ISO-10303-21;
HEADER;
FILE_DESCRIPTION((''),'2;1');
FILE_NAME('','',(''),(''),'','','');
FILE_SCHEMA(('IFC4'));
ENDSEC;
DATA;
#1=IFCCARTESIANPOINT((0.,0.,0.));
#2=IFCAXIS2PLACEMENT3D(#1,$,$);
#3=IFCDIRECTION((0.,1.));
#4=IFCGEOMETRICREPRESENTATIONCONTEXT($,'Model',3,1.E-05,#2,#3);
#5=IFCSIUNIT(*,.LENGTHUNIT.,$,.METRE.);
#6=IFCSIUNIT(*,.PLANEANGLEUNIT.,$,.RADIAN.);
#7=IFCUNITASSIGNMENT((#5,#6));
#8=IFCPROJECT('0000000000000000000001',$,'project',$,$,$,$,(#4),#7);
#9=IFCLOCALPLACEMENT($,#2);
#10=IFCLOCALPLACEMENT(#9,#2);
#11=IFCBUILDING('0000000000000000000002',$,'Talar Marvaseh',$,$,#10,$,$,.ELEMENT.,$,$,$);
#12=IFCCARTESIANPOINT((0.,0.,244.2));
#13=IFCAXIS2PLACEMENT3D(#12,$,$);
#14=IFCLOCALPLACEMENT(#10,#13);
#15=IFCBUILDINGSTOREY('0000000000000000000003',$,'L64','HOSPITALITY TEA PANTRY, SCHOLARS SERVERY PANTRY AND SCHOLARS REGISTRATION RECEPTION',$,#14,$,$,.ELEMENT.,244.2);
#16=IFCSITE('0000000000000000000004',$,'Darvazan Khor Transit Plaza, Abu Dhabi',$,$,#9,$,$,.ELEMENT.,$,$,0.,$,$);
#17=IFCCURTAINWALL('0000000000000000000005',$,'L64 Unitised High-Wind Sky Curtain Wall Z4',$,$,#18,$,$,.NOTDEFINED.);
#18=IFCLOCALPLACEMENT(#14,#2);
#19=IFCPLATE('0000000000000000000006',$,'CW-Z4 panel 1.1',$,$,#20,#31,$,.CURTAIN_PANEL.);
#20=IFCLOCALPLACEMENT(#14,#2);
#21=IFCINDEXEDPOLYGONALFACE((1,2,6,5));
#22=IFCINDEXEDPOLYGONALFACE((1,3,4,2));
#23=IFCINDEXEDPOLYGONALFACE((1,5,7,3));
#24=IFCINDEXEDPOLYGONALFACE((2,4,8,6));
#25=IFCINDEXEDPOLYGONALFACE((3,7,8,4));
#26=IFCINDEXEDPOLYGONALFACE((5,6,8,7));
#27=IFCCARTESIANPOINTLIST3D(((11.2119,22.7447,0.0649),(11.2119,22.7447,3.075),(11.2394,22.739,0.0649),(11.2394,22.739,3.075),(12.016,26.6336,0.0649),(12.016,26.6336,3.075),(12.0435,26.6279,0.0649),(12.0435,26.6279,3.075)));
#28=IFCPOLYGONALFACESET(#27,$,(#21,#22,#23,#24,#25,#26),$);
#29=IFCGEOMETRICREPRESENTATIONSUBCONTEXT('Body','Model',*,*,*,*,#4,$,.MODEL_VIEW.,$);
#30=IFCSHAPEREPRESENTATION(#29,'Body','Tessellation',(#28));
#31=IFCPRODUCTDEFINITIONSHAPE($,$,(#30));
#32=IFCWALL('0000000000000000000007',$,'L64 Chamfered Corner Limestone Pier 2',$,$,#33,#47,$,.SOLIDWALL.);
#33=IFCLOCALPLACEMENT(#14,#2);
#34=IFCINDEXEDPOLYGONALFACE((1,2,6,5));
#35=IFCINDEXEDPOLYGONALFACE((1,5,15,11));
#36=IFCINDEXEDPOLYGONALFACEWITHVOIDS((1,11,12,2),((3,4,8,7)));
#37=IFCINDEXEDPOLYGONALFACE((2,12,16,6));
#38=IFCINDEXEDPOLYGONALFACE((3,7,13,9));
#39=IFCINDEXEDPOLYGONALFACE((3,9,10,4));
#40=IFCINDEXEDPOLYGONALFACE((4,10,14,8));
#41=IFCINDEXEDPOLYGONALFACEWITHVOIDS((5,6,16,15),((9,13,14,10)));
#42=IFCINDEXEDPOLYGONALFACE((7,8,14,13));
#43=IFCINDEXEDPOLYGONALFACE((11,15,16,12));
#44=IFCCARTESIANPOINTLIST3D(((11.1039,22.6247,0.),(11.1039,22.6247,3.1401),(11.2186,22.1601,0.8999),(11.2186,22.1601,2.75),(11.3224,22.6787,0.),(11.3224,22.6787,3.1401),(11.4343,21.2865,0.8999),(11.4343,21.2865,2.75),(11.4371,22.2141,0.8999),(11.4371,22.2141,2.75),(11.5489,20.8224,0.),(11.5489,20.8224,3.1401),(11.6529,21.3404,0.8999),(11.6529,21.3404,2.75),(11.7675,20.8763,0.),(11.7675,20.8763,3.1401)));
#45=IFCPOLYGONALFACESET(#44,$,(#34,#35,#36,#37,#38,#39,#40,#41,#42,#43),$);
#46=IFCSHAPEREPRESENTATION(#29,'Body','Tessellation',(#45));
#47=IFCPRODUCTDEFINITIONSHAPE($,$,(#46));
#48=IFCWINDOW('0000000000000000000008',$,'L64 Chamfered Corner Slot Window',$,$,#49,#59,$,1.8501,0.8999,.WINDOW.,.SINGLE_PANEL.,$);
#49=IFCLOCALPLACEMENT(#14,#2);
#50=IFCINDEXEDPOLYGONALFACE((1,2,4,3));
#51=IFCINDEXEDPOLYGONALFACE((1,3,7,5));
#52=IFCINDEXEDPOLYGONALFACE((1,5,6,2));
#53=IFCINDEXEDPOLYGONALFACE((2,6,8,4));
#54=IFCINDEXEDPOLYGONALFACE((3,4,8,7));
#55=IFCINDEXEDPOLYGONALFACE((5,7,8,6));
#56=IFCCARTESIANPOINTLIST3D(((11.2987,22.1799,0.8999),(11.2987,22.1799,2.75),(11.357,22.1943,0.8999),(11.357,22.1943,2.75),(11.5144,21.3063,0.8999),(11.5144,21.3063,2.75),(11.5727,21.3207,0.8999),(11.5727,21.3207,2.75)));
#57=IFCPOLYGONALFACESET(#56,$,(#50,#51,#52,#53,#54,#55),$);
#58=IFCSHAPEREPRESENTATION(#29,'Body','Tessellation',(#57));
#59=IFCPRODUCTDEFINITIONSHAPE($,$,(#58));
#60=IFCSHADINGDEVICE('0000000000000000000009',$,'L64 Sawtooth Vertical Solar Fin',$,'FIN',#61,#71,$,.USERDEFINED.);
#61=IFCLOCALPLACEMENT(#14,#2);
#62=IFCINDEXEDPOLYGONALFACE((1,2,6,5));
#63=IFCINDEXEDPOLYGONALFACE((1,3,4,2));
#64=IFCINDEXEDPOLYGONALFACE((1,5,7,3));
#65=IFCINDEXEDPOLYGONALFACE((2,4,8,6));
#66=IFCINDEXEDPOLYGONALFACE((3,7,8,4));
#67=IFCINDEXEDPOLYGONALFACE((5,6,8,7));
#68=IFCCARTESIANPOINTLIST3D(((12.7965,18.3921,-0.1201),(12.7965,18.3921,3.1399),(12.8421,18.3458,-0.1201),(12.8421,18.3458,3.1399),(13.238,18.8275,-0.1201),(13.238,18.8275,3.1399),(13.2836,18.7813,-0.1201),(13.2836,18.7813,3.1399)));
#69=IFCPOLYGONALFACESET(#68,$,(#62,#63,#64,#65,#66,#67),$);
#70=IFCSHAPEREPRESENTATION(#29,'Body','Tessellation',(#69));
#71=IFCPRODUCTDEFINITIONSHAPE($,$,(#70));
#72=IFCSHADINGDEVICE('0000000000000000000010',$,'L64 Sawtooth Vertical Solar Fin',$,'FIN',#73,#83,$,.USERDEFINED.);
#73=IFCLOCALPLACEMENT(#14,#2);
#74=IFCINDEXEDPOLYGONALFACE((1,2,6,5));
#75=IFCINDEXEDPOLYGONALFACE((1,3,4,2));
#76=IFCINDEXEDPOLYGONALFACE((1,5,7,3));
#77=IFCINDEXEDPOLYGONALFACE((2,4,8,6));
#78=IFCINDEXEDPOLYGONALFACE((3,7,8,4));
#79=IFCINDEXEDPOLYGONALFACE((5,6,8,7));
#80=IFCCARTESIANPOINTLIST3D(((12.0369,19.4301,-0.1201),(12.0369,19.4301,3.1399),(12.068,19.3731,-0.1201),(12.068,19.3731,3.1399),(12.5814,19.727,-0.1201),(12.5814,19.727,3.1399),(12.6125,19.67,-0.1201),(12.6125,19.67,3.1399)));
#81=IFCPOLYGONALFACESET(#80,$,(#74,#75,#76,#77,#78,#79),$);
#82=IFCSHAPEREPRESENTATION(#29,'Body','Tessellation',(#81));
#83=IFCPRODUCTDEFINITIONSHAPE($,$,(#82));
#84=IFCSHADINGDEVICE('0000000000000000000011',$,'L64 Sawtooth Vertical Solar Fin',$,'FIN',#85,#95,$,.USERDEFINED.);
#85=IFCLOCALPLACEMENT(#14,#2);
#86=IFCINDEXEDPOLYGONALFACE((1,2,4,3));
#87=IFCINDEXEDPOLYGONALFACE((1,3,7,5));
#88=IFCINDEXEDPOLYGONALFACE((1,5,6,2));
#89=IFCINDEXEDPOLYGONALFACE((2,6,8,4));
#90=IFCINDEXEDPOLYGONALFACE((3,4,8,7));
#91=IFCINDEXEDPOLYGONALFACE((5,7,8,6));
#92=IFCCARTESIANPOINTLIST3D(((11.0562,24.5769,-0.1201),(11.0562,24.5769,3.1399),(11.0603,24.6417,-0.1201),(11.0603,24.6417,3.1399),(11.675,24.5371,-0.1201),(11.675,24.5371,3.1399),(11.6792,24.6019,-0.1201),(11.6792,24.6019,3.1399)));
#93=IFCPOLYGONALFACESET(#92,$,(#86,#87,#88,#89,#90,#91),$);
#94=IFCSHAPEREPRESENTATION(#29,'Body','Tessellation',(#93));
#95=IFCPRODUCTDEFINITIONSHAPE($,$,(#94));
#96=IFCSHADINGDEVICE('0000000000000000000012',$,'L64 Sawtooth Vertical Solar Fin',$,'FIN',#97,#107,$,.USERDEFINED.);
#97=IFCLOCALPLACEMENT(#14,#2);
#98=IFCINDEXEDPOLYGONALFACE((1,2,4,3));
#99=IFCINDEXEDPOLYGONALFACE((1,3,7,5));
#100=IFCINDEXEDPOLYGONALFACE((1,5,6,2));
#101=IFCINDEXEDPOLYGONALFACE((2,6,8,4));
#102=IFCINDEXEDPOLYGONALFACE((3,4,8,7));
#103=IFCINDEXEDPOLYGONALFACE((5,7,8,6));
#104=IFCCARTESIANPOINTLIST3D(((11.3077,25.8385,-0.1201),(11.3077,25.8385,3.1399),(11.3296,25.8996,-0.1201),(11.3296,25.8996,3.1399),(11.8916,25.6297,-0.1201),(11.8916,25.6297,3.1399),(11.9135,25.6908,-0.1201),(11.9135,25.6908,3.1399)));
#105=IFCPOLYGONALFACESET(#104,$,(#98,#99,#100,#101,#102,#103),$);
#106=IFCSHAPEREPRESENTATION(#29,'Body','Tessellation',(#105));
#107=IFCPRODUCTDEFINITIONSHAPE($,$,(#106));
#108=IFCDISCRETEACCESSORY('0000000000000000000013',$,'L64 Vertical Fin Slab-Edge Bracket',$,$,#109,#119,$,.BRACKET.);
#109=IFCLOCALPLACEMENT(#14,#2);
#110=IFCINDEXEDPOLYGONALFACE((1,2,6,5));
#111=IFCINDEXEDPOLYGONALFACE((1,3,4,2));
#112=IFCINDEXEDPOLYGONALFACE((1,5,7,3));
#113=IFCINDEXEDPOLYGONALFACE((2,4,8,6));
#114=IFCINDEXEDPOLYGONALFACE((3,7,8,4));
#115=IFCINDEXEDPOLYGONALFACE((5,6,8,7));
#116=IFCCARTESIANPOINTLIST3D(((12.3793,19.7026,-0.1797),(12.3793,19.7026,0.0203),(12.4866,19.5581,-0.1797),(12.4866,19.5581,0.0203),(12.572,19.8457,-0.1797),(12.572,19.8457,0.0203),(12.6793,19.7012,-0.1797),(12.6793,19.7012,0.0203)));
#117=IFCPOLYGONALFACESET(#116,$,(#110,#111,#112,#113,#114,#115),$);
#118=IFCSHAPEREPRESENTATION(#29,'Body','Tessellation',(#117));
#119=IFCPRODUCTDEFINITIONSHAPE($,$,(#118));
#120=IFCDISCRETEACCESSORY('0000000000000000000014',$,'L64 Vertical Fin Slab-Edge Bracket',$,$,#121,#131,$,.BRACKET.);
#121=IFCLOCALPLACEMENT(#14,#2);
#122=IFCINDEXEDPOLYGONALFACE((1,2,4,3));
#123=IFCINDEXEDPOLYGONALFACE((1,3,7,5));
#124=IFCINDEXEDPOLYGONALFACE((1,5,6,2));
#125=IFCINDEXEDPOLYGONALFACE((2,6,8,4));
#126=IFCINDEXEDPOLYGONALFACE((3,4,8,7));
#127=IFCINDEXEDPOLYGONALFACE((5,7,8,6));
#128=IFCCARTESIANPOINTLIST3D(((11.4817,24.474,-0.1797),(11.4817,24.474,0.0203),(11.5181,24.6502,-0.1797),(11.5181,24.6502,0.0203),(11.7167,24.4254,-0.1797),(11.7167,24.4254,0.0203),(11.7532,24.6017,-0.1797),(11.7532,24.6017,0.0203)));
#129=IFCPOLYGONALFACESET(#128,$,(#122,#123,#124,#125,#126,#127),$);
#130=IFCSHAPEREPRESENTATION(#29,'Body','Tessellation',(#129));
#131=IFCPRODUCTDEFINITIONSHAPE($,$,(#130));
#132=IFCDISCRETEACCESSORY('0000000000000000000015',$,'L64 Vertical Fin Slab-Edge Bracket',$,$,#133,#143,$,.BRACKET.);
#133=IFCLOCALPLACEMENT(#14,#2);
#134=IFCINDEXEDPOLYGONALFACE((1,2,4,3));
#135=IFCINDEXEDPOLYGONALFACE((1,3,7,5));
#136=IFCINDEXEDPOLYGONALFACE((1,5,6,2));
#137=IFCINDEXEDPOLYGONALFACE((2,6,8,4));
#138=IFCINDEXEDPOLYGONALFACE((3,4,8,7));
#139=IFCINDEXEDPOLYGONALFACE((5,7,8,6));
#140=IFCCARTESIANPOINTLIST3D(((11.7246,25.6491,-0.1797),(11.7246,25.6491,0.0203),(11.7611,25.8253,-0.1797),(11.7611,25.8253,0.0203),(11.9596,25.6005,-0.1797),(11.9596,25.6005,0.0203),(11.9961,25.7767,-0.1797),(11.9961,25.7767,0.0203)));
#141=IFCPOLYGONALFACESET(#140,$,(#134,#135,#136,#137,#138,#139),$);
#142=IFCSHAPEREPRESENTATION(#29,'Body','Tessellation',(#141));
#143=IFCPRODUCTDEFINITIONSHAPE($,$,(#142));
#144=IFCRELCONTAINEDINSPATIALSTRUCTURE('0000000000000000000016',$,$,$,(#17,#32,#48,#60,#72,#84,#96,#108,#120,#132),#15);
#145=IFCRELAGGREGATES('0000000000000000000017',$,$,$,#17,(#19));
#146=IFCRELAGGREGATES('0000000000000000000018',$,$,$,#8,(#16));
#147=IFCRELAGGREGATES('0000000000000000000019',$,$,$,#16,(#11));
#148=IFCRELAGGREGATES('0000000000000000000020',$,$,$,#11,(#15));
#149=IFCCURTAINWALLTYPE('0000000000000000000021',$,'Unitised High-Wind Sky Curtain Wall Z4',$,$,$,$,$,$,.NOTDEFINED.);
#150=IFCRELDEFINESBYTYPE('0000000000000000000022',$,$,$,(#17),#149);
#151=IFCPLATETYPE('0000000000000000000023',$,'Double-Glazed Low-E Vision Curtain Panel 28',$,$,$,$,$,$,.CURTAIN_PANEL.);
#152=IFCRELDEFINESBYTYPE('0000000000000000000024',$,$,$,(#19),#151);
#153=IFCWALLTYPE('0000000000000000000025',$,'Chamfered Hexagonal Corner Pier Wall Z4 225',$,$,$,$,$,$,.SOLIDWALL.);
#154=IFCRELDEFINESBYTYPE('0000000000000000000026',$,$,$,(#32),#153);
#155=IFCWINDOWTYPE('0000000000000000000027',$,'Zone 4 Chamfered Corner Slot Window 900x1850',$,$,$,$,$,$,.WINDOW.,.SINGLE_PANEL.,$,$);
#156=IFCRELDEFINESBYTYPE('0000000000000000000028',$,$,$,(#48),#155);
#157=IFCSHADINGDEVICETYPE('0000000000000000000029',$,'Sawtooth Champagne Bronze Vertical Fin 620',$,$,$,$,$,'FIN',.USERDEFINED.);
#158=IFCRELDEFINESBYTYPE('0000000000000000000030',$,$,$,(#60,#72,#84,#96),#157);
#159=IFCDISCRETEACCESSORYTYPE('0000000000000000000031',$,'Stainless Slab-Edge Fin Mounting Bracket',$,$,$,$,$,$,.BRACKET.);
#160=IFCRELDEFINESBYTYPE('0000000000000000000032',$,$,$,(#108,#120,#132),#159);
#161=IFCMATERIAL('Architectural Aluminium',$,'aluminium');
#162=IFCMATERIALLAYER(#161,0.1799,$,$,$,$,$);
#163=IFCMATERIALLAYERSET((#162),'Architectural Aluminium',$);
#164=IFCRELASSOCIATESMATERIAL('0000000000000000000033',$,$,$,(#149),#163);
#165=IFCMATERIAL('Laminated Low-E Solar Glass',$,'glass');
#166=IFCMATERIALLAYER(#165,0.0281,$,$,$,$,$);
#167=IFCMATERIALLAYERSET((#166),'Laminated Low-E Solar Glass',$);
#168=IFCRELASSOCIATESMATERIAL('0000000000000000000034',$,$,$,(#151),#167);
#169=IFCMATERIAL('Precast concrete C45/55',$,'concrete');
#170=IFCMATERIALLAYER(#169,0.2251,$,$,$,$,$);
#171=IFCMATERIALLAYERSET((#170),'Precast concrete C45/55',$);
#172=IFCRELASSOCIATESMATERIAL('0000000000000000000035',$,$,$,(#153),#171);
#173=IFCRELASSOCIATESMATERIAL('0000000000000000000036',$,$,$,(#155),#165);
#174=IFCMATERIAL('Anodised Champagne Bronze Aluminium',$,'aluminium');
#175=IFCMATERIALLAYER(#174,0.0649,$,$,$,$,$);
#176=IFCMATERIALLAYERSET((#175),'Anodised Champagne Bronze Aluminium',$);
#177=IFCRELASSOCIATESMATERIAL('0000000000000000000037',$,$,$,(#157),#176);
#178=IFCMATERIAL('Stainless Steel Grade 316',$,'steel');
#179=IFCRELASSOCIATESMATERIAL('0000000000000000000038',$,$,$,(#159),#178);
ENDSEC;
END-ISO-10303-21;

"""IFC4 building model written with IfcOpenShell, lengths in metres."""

from ifc_helpers import new_model, si_unit, direction, frame, frame_2d, origin, origin_2d, place, context, subcontext, project, spatial, rectangle, extrude, source, transform, mapped, material, layer, layer_set, type_object, type_shapes, element, fill, aggregate, save


model = new_model("IFC4")

# Units and contexts
model_context = context("Model", 3, precision=1e-05, world=origin(), true_north=direction((0.0, 1.0)))
body_context = subcontext(model_context, "Body", "Model", "MODEL_VIEW")
ifc_project = project(units=[si_unit("LENGTHUNIT", "METRE"), si_unit("PLANEANGLEUNIT", "RADIAN")], contexts=[model_context])

# Site, building, storey
site_placement = place(None, origin())
site = spatial("IfcSite", under=ifc_project, at=site_placement, Name="Darvazan Khor Transit Plaza, Abu Dhabi", CompositionType="ELEMENT", RefElevation=0.0)
building_placement = place(site_placement, origin())
building = spatial("IfcBuilding", under=site, at=building_placement, Name="Talar Marvaseh", CompositionType="ELEMENT")
storey_placement = place(building_placement, frame((0.0, 0.0, 244.2)))
storey = spatial("IfcBuildingStorey", under=building, at=storey_placement, Name="L64", Description="HOSPITALITY TEA PANTRY, SCHOLARS SERVERY PANTRY AND SCHOLARS REGISTRATION RECEPTION", CompositionType="ELEMENT", Elevation=244.2)

# Curtain wall
ifc_material_1 = material(Name="Architectural Aluminium", Category="aluminium")
ifc_layer_1 = layer(ifc_material_1, 0.1799)
ifc_layer_set_1 = layer_set([ifc_layer_1], Name="Architectural Aluminium")
curtain_wall_type = type_object("IfcCurtainWallType", Name="Unitised High-Wind Sky Curtain Wall Z4", PredefinedType="NOTDEFINED", material=ifc_layer_set_1)
curtain_wall_1_placement = place(storey_placement, origin())
curtain_wall_1 = element("IfcCurtainWall", 1, at=curtain_wall_1_placement, inside=storey, type_object=curtain_wall_type, Name="L64 Unitised High-Wind Sky Curtain Wall Z4", PredefinedType="NOTDEFINED")

# Plate
ifc_material_2 = material(Name="Laminated Low-E Solar Glass", Category="glass")
ifc_layer_2 = layer(ifc_material_2, 0.0281)
ifc_layer_set_2 = layer_set([ifc_layer_2], Name="Laminated Low-E Solar Glass")
plate_type = type_object("IfcPlateType", Name="Double-Glazed Low-E Vision Curtain Panel 28", PredefinedType="CURTAIN_PANEL", material=ifc_layer_set_2)
shared_shape_1 = source(origin(), body_context, "Body", "SweptSolid", [
    extrude(rectangle(XDim=3.9712, YDim=0.0281, at=origin_2d()), origin(), (0.0, 0.0, 1.0), 3.01),
])
plate_1_placement = place(storey_placement, frame((11.6277, 24.6863, 0.0649), z_axis=(0.0, 0.0, 1.0), x_axis=(0.202482, 0.979286, 0.0)))
plate_1 = element("IfcPlate", 2, at=plate_1_placement, type_object=plate_type, Name="CW-Z4 panel 1.1", PredefinedType="CURTAIN_PANEL", context=body_context, shape_type="MappedRepresentation", body=[
    mapped(shared_shape_1, transform((0.0, 0.0, 0.0), x_axis=(1.0, 0.0, 0.0), y_axis=(0.0, 1.0, 0.0), z_axis=(0.0, 0.0, 1.0), scale=1.0)),
])
aggregate(curtain_wall_1, [plate_1])

# Wall, opening, window
ifc_material_3 = material(Name="Precast concrete C45/55", Category="concrete")
ifc_layer_3 = layer(ifc_material_3, 0.2251)
ifc_layer_set_3 = layer_set([ifc_layer_3], Name="Precast concrete C45/55")
wall_type = type_object("IfcWallType", Name="Chamfered Hexagonal Corner Pier Wall Z4 225", PredefinedType="SOLIDWALL", material=ifc_layer_set_3)
wall_placement = place(storey_placement, frame((11.6582, 20.8494, 0.0), z_axis=(0.0, 0.0, 1.0), x_axis=(-0.23975, 0.970835, 0.0)))
wall = element("IfcWall", 3, at=wall_placement, inside=storey, type_object=wall_type, Name="L64 Chamfered Corner Limestone Pier 2", PredefinedType="SOLIDWALL", context=body_context, shape_type="SweptSolid", body=[
    extrude(rectangle(XDim=1.8564, YDim=0.2251, at=frame_2d((0.9282, 0.0))), origin(), (0.0, 0.0, 1.0), 3.1401),
])
opening_placement = place(wall_placement, frame((0.478, 0.0, 0.8999)))
opening = element("IfcOpeningElement", 4, at=opening_placement, cuts=wall, PredefinedType="OPENING", context=body_context, shape_type="SweptSolid", body=[
    extrude(rectangle(XDim=0.8999, YDim=1.8501, at=frame_2d((0.45, 0.925))), frame((0.0, 0.1226, 0.0), z_axis=(0.0, -1.0, 0.0), x_axis=(1.0, 0.0, 0.0)), (0.0, 0.0, 1.0), 0.2451),
])
window_type = type_object("IfcWindowType", Name="Zone 4 Chamfered Corner Slot Window 900x1850", PartitioningType="SINGLE_PANEL", PredefinedType="WINDOW", material=ifc_material_2)
shared_shape_2 = source(origin(), body_context, "Body", "SweptSolid", [
    extrude(rectangle(XDim=0.8999, YDim=1.8501, at=frame_2d((0.45, 0.925))), frame((0.0, 0.03, 0.0), z_axis=(0.0, -1.0, 0.0), x_axis=(1.0, 0.0, 0.0)), (0.0, 0.0, 1.0), 0.0601),
])
type_shapes(window_type, [shared_shape_2])
window_placement = place(opening_placement, origin())
window = element("IfcWindow", 5, at=window_placement, inside=storey, type_object=window_type, Name="L64 Chamfered Corner Slot Window", OverallHeight=1.8501, OverallWidth=0.8999, PartitioningType="SINGLE_PANEL", PredefinedType="WINDOW", context=body_context, shape_type="MappedRepresentation", body=[
    mapped(shared_shape_2, transform((0.0, 0.0, 0.0), x_axis=(1.0, 0.0, 0.0), y_axis=(0.0, 1.0, 0.0), z_axis=(0.0, 0.0, 1.0), scale=1.0)),
])
fill(opening, window)

# Shading devices
ifc_material_4 = material(Name="Anodised Champagne Bronze Aluminium", Category="aluminium")
ifc_layer_4 = layer(ifc_material_4, 0.0649)
ifc_layer_set_4 = layer_set([ifc_layer_4], Name="Anodised Champagne Bronze Aluminium")
shading_device_type = type_object("IfcShadingDeviceType", Name="Sawtooth Champagne Bronze Vertical Fin 620", ElementType="FIN", PredefinedType="USERDEFINED", material=ifc_layer_set_4)
shared_shape_3 = source(origin(), body_context, "Body", "SweptSolid", [
    extrude(rectangle(XDim=0.6201, YDim=0.0649, at=origin_2d()), origin(), (0.0, 0.0, 1.0), 3.26),
])
type_shapes(shading_device_type, [shared_shape_3])
for number, where, z_axis, x_axis, name in (
    (6, (13.04, 18.5867, -0.1201), (0.0, 0.0, 1.0), (-0.712026, -0.702153, 0.0), "L64 Sawtooth Vertical Solar Fin"),
    (7, (12.3247, 19.55, -0.1201), (0.0, 0.0, 1.0), (-0.877983, -0.478692, 0.0), "L64 Sawtooth Vertical Solar Fin"),
    (8, (11.3677, 24.5894, -0.1201), (0.0, 0.0, 1.0), (-0.997938, 0.064184, 0.0), "L64 Sawtooth Vertical Solar Fin"),
    (9, (11.6106, 25.7646, -0.1201), (0.0, 0.0, 1.0), (-0.941588, 0.336767, 0.0), "L64 Sawtooth Vertical Solar Fin"),
):
    element("IfcShadingDevice", number, at=place(storey_placement, frame(where, z_axis=z_axis, x_axis=x_axis)), inside=storey, type_object=shading_device_type, Name=name, ObjectType="FIN", PredefinedType="USERDEFINED", context=body_context, shape_type="MappedRepresentation", body=[
        mapped(shared_shape_3, transform((0.0, 0.0, 0.0), x_axis=(1.0, 0.0, 0.0), y_axis=(0.0, 1.0, 0.0), z_axis=(0.0, 0.0, 1.0), scale=1.0)),
    ])

# Discrete accessories
ifc_material_5 = material(Name="Stainless Steel Grade 316", Category="steel")
discrete_accessory_type = type_object("IfcDiscreteAccessoryType", Name="Stainless Slab-Edge Fin Mounting Bracket", PredefinedType="BRACKET", material=ifc_material_5)
shared_shape_4 = source(origin(), body_context, "Body", "SweptSolid", [
    extrude(rectangle(XDim=0.24, YDim=0.1799, at=origin_2d()), origin(), (0.0, 0.0, 1.0), 0.2),
])
type_shapes(discrete_accessory_type, [shared_shape_4])
for number, where, z_axis, x_axis, name in (
    (10, (12.5293, 19.7019, -0.1797), (0.0, 0.0, 1.0), (-0.802817, -0.596225, 0.0), "L64 Vertical Fin Slab-Edge Bracket"),
    (11, (11.6174, 24.5378, -0.1797), (0.0, 0.0, 1.0), (-0.979294, 0.202445, 0.0), "L64 Vertical Fin Slab-Edge Bracket"),
    (12, (11.8604, 25.7129, -0.1797), (0.0, 0.0, 1.0), (-0.979294, 0.202445, 0.0), "L64 Vertical Fin Slab-Edge Bracket"),
):
    element("IfcDiscreteAccessory", number, at=place(storey_placement, frame(where, z_axis=z_axis, x_axis=x_axis)), inside=storey, type_object=discrete_accessory_type, Name=name, PredefinedType="BRACKET", context=body_context, shape_type="MappedRepresentation", body=[
        mapped(shared_shape_4, transform((0.0, 0.0, 0.0), x_axis=(1.0, 0.0, 0.0), y_axis=(0.0, 1.0, 0.0), z_axis=(0.0, 0.0, 1.0), scale=1.0)),
    ])

save(model, "model.ifc")
